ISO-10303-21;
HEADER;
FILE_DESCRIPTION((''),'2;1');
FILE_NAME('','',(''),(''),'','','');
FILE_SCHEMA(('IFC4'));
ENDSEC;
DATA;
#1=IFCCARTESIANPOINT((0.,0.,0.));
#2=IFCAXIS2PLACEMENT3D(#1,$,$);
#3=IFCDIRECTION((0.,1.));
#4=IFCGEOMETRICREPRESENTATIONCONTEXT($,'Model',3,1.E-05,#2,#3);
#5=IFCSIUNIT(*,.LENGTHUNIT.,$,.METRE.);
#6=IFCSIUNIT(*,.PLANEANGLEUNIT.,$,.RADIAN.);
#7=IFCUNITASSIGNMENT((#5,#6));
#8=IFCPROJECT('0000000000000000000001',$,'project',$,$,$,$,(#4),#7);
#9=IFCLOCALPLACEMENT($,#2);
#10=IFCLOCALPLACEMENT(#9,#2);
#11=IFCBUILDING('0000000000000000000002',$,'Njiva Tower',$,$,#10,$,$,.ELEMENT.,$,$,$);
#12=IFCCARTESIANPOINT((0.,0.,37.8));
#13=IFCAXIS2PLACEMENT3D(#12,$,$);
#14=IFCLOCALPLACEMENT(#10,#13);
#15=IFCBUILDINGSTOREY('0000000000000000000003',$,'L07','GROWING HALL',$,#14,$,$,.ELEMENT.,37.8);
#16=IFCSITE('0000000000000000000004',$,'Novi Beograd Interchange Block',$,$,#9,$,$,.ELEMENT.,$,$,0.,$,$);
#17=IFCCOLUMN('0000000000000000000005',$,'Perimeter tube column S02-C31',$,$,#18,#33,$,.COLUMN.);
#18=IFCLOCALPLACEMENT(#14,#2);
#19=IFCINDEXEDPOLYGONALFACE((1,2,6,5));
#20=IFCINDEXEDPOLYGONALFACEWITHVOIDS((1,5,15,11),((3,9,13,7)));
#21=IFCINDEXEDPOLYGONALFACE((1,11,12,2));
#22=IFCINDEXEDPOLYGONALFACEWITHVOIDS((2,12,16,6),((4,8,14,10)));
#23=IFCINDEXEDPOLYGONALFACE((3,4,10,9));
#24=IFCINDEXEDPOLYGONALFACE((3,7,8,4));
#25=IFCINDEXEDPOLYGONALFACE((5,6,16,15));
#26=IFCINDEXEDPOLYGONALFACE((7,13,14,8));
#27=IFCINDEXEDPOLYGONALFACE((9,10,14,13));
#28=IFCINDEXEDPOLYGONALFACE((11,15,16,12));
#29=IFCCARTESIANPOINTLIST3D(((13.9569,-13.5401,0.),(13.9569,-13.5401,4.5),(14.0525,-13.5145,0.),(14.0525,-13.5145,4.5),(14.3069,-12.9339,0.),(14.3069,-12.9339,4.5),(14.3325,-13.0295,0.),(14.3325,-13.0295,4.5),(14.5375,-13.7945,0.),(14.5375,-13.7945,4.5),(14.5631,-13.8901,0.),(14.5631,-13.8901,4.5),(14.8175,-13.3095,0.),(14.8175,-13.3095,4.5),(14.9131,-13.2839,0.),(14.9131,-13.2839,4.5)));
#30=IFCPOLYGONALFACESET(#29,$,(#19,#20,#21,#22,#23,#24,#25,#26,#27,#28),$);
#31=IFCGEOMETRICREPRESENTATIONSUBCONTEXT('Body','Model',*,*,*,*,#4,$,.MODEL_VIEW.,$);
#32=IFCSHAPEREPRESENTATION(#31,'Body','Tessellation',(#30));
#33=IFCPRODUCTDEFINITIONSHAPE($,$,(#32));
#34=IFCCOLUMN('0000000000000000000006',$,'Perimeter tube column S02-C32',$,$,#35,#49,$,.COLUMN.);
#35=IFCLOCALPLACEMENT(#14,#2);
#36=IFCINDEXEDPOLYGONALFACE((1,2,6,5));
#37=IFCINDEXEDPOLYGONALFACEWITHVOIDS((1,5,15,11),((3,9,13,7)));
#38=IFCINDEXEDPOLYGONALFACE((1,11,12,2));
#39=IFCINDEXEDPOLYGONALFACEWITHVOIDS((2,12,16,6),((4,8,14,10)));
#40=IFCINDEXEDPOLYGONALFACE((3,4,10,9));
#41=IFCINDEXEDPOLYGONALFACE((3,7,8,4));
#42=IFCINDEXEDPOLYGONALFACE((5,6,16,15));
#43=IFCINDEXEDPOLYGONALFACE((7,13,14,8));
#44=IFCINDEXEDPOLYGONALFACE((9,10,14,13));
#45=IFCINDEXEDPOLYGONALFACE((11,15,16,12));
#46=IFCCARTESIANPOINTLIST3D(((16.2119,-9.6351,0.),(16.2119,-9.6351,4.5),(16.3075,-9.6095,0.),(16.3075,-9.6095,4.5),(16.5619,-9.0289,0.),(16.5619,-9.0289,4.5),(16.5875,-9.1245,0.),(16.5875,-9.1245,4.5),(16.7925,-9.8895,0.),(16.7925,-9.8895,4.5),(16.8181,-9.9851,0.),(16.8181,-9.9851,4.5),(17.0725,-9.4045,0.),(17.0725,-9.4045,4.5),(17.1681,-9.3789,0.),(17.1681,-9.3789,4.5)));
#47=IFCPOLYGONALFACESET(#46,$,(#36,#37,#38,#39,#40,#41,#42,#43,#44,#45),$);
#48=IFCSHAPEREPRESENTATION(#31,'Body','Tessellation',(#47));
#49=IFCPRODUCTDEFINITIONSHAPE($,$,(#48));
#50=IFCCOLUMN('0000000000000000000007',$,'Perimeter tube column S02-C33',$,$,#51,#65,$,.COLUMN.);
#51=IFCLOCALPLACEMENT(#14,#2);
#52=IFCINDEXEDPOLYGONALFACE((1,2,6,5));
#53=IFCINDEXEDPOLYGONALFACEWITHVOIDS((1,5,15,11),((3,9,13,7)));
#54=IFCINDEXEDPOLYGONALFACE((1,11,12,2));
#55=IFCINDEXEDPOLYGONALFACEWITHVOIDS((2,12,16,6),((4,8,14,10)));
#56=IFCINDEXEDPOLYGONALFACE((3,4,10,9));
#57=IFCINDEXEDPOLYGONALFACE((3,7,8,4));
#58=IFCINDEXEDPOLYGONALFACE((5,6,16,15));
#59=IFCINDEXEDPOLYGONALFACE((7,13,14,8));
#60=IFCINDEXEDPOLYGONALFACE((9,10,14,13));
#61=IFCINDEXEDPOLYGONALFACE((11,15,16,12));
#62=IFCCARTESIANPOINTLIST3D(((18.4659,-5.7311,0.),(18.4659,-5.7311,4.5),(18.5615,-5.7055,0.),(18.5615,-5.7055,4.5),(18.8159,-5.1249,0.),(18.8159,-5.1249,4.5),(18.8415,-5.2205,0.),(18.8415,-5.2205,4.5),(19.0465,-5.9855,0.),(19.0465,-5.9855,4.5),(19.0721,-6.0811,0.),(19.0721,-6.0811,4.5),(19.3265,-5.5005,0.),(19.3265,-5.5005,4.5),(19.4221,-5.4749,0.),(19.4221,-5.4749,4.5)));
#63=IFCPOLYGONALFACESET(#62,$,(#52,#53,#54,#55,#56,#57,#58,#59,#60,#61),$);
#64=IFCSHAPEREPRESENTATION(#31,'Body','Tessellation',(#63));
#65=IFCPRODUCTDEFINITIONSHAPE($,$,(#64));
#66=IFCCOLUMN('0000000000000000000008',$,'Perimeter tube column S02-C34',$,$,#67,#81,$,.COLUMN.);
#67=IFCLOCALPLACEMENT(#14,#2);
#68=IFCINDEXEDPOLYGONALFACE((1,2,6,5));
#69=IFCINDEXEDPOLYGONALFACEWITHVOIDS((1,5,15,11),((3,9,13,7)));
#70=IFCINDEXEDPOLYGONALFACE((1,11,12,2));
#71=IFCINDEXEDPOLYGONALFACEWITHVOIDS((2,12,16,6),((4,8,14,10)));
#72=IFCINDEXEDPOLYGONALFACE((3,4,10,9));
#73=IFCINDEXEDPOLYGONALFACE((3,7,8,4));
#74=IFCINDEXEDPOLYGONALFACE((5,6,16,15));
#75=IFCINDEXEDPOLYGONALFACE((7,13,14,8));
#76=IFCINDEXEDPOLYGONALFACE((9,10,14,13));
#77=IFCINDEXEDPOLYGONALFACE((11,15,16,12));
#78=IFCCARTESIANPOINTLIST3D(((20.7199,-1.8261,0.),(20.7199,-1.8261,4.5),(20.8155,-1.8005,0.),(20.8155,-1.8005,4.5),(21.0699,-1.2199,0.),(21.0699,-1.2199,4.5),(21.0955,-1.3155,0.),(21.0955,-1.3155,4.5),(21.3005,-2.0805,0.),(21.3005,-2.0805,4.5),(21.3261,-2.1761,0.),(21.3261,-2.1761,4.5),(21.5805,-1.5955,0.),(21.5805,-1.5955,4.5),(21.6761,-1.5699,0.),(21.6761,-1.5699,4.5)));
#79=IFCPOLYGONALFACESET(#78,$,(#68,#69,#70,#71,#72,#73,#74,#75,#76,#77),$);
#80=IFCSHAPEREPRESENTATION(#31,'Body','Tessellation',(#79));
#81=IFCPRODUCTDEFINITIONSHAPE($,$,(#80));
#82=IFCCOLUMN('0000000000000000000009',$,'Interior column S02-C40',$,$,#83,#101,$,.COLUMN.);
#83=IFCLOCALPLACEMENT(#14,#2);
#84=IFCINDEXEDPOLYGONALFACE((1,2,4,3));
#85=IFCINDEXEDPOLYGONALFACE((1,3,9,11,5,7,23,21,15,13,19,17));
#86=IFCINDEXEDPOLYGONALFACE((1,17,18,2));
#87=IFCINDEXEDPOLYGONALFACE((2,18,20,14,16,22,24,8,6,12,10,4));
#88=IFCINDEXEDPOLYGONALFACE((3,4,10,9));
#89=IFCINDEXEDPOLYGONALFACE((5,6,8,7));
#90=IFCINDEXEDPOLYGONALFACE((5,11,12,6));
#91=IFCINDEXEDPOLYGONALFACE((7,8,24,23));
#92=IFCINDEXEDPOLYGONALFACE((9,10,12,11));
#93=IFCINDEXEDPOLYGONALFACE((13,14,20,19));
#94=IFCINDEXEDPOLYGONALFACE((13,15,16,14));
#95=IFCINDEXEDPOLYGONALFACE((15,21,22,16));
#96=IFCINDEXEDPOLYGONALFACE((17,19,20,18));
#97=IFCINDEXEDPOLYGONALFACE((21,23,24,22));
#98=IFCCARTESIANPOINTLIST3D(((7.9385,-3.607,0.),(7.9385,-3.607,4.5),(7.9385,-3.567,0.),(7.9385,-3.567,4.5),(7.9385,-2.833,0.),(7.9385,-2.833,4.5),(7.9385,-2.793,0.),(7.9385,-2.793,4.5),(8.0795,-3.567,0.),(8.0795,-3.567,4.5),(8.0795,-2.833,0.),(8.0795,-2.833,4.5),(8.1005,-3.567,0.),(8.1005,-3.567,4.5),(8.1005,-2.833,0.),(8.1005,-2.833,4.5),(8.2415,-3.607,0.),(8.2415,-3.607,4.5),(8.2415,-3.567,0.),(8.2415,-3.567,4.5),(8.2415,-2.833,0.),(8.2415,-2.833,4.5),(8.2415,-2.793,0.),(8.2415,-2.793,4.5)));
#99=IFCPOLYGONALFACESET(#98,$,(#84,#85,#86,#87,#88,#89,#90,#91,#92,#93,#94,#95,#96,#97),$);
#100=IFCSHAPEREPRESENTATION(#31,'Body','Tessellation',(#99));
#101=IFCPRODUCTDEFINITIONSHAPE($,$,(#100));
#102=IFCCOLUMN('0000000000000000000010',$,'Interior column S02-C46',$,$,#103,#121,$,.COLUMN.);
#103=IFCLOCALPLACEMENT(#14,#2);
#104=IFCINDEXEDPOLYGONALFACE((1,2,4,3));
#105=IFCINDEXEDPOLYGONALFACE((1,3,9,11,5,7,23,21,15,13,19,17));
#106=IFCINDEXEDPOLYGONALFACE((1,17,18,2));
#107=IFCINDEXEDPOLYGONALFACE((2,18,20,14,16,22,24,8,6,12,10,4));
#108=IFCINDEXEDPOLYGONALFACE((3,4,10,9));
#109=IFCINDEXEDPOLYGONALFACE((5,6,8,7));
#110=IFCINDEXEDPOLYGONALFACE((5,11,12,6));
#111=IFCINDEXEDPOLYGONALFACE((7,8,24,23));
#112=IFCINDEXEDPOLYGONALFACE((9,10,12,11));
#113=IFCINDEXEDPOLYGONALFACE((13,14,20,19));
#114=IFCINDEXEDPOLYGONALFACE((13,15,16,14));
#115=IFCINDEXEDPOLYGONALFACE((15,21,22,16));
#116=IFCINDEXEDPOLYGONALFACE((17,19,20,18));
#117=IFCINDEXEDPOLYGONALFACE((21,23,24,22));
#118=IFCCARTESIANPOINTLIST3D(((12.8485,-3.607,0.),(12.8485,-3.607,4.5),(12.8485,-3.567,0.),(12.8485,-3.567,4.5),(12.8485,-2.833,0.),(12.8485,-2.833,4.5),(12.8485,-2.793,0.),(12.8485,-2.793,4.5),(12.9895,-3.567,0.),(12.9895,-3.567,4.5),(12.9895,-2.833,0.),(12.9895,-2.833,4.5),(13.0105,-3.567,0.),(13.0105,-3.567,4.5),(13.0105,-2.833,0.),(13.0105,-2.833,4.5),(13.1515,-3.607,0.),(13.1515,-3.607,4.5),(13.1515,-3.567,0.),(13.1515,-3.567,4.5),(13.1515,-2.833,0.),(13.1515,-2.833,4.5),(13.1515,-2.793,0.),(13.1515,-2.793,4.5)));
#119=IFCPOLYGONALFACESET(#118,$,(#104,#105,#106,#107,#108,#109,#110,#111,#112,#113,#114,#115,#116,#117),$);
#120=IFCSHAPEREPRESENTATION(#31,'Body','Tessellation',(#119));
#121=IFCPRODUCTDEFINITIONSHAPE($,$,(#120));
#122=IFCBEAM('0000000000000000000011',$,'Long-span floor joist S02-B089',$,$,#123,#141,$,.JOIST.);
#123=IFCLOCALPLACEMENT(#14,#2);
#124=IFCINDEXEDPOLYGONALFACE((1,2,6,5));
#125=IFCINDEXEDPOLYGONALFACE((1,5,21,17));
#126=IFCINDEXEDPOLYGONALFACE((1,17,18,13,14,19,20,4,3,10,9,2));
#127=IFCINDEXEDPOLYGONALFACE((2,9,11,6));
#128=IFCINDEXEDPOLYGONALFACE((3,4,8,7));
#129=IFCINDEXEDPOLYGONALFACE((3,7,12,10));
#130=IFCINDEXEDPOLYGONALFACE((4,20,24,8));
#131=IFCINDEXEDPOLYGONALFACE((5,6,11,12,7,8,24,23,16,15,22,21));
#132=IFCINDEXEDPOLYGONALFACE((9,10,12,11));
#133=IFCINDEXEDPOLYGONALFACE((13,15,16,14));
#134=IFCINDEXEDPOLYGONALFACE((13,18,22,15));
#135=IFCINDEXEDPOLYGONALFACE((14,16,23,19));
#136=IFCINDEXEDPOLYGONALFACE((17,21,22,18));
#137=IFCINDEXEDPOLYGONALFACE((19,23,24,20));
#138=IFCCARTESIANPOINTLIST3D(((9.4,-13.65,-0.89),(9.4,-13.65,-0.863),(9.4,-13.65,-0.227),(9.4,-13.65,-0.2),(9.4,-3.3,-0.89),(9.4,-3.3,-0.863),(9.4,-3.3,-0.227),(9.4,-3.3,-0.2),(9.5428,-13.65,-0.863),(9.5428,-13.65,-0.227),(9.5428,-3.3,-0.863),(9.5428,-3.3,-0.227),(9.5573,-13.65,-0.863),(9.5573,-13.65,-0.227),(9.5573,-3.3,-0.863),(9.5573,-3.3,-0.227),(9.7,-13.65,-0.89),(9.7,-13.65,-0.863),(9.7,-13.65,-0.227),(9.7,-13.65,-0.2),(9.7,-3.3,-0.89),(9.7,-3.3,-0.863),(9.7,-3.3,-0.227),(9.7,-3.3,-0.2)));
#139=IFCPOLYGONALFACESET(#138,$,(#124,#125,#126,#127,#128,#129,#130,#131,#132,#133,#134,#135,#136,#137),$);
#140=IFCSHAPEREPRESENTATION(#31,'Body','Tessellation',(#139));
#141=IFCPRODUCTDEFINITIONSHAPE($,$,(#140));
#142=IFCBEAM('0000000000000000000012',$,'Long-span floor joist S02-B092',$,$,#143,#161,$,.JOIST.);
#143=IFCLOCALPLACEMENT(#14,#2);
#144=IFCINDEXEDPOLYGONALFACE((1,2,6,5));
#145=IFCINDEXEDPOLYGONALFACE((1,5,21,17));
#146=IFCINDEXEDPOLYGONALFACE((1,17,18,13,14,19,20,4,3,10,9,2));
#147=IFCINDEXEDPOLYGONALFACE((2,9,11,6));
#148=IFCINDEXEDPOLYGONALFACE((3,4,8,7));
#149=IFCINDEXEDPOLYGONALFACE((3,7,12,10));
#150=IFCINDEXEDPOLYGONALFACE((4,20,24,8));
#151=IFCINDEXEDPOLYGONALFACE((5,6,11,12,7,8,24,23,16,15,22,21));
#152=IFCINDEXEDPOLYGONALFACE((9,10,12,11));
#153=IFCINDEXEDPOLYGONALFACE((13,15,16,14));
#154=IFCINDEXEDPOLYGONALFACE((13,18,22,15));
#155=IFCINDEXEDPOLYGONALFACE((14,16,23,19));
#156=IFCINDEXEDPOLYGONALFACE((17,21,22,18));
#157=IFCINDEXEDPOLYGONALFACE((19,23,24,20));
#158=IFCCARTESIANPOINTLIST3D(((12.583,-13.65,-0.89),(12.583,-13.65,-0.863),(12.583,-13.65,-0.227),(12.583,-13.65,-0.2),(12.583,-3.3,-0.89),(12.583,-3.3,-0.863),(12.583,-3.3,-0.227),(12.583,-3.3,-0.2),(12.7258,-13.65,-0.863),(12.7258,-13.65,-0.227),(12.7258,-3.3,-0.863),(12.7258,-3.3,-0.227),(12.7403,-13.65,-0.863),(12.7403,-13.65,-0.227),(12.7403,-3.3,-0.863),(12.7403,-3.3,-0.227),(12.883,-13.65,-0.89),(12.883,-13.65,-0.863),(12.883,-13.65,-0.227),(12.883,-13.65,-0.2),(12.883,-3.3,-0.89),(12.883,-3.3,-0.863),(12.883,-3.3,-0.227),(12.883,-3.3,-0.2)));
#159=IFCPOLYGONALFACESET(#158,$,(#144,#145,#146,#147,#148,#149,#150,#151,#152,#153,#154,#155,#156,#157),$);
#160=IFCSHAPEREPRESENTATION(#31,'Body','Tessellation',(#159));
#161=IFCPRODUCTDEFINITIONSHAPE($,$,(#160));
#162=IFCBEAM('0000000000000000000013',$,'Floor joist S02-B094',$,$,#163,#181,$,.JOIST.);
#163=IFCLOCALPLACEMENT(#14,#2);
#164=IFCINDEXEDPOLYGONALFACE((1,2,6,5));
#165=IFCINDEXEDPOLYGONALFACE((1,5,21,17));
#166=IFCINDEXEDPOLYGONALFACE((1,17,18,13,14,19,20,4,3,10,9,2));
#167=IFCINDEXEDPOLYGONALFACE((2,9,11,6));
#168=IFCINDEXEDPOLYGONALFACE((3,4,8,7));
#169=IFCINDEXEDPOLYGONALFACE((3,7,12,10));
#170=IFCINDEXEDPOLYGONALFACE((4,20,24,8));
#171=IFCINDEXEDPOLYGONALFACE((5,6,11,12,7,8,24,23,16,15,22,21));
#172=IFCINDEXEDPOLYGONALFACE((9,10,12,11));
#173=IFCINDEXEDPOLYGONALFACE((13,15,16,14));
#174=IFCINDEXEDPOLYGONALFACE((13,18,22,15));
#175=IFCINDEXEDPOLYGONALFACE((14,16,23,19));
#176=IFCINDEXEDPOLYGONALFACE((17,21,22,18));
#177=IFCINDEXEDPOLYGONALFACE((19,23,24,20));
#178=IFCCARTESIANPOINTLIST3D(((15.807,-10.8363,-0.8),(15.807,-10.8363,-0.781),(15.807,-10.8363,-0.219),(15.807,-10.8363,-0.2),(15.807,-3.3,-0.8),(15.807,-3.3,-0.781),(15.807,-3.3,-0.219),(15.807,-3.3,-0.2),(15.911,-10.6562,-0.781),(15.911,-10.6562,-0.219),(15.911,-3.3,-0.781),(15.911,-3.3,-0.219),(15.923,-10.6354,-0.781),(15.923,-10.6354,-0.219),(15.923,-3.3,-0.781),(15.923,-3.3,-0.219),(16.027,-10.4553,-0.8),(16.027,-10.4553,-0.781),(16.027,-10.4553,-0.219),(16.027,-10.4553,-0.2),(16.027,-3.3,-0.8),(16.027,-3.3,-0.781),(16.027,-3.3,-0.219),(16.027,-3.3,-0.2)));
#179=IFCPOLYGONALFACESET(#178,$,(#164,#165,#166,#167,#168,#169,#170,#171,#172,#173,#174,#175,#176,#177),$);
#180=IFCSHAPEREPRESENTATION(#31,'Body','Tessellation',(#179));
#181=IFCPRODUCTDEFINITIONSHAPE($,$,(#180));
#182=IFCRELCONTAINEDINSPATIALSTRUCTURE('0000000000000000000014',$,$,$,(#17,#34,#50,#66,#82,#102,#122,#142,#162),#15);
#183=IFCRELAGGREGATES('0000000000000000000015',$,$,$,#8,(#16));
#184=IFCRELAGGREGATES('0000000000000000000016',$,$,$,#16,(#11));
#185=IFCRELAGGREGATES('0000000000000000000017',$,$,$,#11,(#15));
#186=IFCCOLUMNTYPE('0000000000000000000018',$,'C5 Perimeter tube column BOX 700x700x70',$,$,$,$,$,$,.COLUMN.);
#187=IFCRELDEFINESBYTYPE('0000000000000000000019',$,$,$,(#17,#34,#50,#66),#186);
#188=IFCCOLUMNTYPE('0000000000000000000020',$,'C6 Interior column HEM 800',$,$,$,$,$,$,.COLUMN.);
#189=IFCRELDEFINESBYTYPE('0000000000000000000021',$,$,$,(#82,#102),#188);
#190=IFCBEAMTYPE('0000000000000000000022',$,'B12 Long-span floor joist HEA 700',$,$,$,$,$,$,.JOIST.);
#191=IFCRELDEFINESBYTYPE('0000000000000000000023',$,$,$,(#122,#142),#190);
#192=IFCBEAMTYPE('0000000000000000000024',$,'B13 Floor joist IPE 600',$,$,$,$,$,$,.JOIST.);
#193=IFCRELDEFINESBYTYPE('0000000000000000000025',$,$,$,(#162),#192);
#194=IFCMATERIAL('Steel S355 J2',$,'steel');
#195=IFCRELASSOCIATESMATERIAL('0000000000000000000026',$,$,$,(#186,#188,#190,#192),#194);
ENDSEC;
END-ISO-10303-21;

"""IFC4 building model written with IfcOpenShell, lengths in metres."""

from ifc_helpers import new_model, si_unit, direction, frame, origin, origin_2d, place, context, subcontext, project, spatial, hollow_rectangle, i_section, extrude, clip, halfspace, material, material_profile, profile_set, type_object, element, save


model = new_model("IFC4")

# Units and contexts
model_context = context("Model", 3, precision=1e-05, world=origin(), true_north=direction((0.0, 1.0)))
body_context = subcontext(model_context, "Body", "Model", "MODEL_VIEW")
ifc_project = project(units=[si_unit("LENGTHUNIT", "METRE"), si_unit("PLANEANGLEUNIT", "RADIAN")], contexts=[model_context])

# Site, building, storey
site_placement = place(None, origin())
site = spatial("IfcSite", under=ifc_project, at=site_placement, Name="Novi Beograd Interchange Block", CompositionType="ELEMENT", RefElevation=0.0)
building_placement = place(site_placement, origin())
building = spatial("IfcBuilding", under=site, at=building_placement, Name="Njiva Tower", CompositionType="ELEMENT")
storey_placement = place(building_placement, frame((0.0, 0.0, 37.8)))
storey = spatial("IfcBuildingStorey", under=building, at=storey_placement, Name="L07", Description="GROWING HALL", CompositionType="ELEMENT", Elevation=37.8)

# Columns
ifc_material_1 = material(Name="Steel S355 J2", Category="steel")
ifc_material_profile_1 = material_profile(ifc_material_1, hollow_rectangle(XDim=0.7, YDim=0.7, WallThickness=0.07, at=origin_2d()), Name="BOX 700x700x70")
ifc_profile_set_1 = profile_set([ifc_material_profile_1], Name="Steel S355 J2")
column_type_1 = type_object("IfcColumnType", Name="C5 Perimeter tube column BOX 700x700x70", PredefinedType="COLUMN", material=ifc_profile_set_1)
for number, where, z_axis, x_axis, name in (
    (1, (14.435, -13.412, 0.0), (0.0, 0.0, 1.0), (0.5, 0.866025, 0.0), "Perimeter tube column S02-C31"),
    (2, (16.69, -9.507, 0.0), (0.0, 0.0, 1.0), (0.5, 0.866025, 0.0), "Perimeter tube column S02-C32"),
    (3, (18.944, -5.603, 0.0), (0.0, 0.0, 1.0), (0.5, 0.866025, 0.0), "Perimeter tube column S02-C33"),
    (4, (21.198, -1.698, 0.0), (0.0, 0.0, 1.0), (0.5, 0.866025, 0.0), "Perimeter tube column S02-C34"),
):
    element("IfcColumn", number, at=place(storey_placement, frame(where, z_axis=z_axis, x_axis=x_axis)), inside=storey, type_object=column_type_1, Name=name, PredefinedType="COLUMN", context=body_context, shape_type="SweptSolid", body=[
        extrude(hollow_rectangle(XDim=0.7, YDim=0.7, WallThickness=0.07, at=origin_2d()), origin(), (0.0, 0.0, 1.0), 4.5),
    ])
ifc_material_profile_2 = material_profile(ifc_material_1, i_section(OverallWidth=0.303, OverallDepth=0.814, WebThickness=0.021, FlangeThickness=0.04, at=origin_2d()), Name="HEM 800")
ifc_profile_set_2 = profile_set([ifc_material_profile_2], Name="Steel S355 J2")
column_type_2 = type_object("IfcColumnType", Name="C6 Interior column HEM 800", PredefinedType="COLUMN", material=ifc_profile_set_2)
for number, where, z_axis, x_axis, name in (
    (5, (8.09, -3.2, 0.0), (0.0, 0.0, 1.0), (1.0, 0.0, 0.0), "Interior column S02-C40"),
    (6, (13.0, -3.2, 0.0), (0.0, 0.0, 1.0), (1.0, 0.0, 0.0), "Interior column S02-C46"),
):
    element("IfcColumn", number, at=place(storey_placement, frame(where, z_axis=z_axis, x_axis=x_axis)), inside=storey, type_object=column_type_2, Name=name, PredefinedType="COLUMN", context=body_context, shape_type="SweptSolid", body=[
        extrude(i_section(OverallWidth=0.303, OverallDepth=0.814, WebThickness=0.021, FlangeThickness=0.04, at=origin_2d()), origin(), (0.0, 0.0, 1.0), 4.5),
    ])

# Beams
ifc_material_profile_3 = material_profile(ifc_material_1, i_section(OverallWidth=0.3, OverallDepth=0.69, WebThickness=0.0145, FlangeThickness=0.027, at=origin_2d()), Name="HEA 700")
ifc_profile_set_3 = profile_set([ifc_material_profile_3], Name="Steel S355 J2")
beam_type_1 = type_object("IfcBeamType", Name="B12 Long-span floor joist HEA 700", PredefinedType="JOIST", material=ifc_profile_set_3)
for number, where, z_axis, x_axis, name in (
    (7, (9.55, -3.3, -0.545), (0.0, -1.0, 0.0), (1.0, 0.0, 0.0), "Long-span floor joist S02-B089"),
    (8, (12.733, -3.3, -0.545), (0.0, -1.0, 0.0), (1.0, 0.0, 0.0), "Long-span floor joist S02-B092"),
):
    element("IfcBeam", number, at=place(storey_placement, frame(where, z_axis=z_axis, x_axis=x_axis)), inside=storey, type_object=beam_type_1, Name=name, PredefinedType="JOIST", context=body_context, shape_type="SweptSolid", body=[
        extrude(i_section(OverallWidth=0.3, OverallDepth=0.69, WebThickness=0.0145, FlangeThickness=0.027, at=origin_2d()), origin(), (0.0, 0.0, 1.0), 10.35),
    ])
ifc_material_profile_4 = material_profile(ifc_material_1, i_section(OverallWidth=0.22, OverallDepth=0.6, WebThickness=0.012, FlangeThickness=0.019, at=origin_2d()), Name="IPE 600")
ifc_profile_set_4 = profile_set([ifc_material_profile_4], Name="Steel S355 J2")
beam_type_2 = type_object("IfcBeamType", Name="B13 Floor joist IPE 600", PredefinedType="JOIST", material=ifc_profile_set_4)
beam_1_placement = place(storey_placement, frame((15.917, -3.3, -0.5), z_axis=(0.0, -1.0, 0.0), x_axis=(1.0, 0.0, 0.0)))
element("IfcBeam", 9, at=beam_1_placement, inside=storey, type_object=beam_type_2, Name="Floor joist S02-B094", PredefinedType="JOIST", context=body_context, shape_type="Clipping", body=[
    clip(extrude(i_section(OverallWidth=0.22, OverallDepth=0.6, WebThickness=0.012, FlangeThickness=0.019, at=origin_2d()), origin(), (0.0, 0.0, 1.0), 7.557), halfspace(frame((0.043, 0.0, 7.2713), z_axis=(0.866027, 0.0, 0.499998), x_axis=(0.0, 1.0, 0.0)), False)),
])

save(model, "model.ifc")
